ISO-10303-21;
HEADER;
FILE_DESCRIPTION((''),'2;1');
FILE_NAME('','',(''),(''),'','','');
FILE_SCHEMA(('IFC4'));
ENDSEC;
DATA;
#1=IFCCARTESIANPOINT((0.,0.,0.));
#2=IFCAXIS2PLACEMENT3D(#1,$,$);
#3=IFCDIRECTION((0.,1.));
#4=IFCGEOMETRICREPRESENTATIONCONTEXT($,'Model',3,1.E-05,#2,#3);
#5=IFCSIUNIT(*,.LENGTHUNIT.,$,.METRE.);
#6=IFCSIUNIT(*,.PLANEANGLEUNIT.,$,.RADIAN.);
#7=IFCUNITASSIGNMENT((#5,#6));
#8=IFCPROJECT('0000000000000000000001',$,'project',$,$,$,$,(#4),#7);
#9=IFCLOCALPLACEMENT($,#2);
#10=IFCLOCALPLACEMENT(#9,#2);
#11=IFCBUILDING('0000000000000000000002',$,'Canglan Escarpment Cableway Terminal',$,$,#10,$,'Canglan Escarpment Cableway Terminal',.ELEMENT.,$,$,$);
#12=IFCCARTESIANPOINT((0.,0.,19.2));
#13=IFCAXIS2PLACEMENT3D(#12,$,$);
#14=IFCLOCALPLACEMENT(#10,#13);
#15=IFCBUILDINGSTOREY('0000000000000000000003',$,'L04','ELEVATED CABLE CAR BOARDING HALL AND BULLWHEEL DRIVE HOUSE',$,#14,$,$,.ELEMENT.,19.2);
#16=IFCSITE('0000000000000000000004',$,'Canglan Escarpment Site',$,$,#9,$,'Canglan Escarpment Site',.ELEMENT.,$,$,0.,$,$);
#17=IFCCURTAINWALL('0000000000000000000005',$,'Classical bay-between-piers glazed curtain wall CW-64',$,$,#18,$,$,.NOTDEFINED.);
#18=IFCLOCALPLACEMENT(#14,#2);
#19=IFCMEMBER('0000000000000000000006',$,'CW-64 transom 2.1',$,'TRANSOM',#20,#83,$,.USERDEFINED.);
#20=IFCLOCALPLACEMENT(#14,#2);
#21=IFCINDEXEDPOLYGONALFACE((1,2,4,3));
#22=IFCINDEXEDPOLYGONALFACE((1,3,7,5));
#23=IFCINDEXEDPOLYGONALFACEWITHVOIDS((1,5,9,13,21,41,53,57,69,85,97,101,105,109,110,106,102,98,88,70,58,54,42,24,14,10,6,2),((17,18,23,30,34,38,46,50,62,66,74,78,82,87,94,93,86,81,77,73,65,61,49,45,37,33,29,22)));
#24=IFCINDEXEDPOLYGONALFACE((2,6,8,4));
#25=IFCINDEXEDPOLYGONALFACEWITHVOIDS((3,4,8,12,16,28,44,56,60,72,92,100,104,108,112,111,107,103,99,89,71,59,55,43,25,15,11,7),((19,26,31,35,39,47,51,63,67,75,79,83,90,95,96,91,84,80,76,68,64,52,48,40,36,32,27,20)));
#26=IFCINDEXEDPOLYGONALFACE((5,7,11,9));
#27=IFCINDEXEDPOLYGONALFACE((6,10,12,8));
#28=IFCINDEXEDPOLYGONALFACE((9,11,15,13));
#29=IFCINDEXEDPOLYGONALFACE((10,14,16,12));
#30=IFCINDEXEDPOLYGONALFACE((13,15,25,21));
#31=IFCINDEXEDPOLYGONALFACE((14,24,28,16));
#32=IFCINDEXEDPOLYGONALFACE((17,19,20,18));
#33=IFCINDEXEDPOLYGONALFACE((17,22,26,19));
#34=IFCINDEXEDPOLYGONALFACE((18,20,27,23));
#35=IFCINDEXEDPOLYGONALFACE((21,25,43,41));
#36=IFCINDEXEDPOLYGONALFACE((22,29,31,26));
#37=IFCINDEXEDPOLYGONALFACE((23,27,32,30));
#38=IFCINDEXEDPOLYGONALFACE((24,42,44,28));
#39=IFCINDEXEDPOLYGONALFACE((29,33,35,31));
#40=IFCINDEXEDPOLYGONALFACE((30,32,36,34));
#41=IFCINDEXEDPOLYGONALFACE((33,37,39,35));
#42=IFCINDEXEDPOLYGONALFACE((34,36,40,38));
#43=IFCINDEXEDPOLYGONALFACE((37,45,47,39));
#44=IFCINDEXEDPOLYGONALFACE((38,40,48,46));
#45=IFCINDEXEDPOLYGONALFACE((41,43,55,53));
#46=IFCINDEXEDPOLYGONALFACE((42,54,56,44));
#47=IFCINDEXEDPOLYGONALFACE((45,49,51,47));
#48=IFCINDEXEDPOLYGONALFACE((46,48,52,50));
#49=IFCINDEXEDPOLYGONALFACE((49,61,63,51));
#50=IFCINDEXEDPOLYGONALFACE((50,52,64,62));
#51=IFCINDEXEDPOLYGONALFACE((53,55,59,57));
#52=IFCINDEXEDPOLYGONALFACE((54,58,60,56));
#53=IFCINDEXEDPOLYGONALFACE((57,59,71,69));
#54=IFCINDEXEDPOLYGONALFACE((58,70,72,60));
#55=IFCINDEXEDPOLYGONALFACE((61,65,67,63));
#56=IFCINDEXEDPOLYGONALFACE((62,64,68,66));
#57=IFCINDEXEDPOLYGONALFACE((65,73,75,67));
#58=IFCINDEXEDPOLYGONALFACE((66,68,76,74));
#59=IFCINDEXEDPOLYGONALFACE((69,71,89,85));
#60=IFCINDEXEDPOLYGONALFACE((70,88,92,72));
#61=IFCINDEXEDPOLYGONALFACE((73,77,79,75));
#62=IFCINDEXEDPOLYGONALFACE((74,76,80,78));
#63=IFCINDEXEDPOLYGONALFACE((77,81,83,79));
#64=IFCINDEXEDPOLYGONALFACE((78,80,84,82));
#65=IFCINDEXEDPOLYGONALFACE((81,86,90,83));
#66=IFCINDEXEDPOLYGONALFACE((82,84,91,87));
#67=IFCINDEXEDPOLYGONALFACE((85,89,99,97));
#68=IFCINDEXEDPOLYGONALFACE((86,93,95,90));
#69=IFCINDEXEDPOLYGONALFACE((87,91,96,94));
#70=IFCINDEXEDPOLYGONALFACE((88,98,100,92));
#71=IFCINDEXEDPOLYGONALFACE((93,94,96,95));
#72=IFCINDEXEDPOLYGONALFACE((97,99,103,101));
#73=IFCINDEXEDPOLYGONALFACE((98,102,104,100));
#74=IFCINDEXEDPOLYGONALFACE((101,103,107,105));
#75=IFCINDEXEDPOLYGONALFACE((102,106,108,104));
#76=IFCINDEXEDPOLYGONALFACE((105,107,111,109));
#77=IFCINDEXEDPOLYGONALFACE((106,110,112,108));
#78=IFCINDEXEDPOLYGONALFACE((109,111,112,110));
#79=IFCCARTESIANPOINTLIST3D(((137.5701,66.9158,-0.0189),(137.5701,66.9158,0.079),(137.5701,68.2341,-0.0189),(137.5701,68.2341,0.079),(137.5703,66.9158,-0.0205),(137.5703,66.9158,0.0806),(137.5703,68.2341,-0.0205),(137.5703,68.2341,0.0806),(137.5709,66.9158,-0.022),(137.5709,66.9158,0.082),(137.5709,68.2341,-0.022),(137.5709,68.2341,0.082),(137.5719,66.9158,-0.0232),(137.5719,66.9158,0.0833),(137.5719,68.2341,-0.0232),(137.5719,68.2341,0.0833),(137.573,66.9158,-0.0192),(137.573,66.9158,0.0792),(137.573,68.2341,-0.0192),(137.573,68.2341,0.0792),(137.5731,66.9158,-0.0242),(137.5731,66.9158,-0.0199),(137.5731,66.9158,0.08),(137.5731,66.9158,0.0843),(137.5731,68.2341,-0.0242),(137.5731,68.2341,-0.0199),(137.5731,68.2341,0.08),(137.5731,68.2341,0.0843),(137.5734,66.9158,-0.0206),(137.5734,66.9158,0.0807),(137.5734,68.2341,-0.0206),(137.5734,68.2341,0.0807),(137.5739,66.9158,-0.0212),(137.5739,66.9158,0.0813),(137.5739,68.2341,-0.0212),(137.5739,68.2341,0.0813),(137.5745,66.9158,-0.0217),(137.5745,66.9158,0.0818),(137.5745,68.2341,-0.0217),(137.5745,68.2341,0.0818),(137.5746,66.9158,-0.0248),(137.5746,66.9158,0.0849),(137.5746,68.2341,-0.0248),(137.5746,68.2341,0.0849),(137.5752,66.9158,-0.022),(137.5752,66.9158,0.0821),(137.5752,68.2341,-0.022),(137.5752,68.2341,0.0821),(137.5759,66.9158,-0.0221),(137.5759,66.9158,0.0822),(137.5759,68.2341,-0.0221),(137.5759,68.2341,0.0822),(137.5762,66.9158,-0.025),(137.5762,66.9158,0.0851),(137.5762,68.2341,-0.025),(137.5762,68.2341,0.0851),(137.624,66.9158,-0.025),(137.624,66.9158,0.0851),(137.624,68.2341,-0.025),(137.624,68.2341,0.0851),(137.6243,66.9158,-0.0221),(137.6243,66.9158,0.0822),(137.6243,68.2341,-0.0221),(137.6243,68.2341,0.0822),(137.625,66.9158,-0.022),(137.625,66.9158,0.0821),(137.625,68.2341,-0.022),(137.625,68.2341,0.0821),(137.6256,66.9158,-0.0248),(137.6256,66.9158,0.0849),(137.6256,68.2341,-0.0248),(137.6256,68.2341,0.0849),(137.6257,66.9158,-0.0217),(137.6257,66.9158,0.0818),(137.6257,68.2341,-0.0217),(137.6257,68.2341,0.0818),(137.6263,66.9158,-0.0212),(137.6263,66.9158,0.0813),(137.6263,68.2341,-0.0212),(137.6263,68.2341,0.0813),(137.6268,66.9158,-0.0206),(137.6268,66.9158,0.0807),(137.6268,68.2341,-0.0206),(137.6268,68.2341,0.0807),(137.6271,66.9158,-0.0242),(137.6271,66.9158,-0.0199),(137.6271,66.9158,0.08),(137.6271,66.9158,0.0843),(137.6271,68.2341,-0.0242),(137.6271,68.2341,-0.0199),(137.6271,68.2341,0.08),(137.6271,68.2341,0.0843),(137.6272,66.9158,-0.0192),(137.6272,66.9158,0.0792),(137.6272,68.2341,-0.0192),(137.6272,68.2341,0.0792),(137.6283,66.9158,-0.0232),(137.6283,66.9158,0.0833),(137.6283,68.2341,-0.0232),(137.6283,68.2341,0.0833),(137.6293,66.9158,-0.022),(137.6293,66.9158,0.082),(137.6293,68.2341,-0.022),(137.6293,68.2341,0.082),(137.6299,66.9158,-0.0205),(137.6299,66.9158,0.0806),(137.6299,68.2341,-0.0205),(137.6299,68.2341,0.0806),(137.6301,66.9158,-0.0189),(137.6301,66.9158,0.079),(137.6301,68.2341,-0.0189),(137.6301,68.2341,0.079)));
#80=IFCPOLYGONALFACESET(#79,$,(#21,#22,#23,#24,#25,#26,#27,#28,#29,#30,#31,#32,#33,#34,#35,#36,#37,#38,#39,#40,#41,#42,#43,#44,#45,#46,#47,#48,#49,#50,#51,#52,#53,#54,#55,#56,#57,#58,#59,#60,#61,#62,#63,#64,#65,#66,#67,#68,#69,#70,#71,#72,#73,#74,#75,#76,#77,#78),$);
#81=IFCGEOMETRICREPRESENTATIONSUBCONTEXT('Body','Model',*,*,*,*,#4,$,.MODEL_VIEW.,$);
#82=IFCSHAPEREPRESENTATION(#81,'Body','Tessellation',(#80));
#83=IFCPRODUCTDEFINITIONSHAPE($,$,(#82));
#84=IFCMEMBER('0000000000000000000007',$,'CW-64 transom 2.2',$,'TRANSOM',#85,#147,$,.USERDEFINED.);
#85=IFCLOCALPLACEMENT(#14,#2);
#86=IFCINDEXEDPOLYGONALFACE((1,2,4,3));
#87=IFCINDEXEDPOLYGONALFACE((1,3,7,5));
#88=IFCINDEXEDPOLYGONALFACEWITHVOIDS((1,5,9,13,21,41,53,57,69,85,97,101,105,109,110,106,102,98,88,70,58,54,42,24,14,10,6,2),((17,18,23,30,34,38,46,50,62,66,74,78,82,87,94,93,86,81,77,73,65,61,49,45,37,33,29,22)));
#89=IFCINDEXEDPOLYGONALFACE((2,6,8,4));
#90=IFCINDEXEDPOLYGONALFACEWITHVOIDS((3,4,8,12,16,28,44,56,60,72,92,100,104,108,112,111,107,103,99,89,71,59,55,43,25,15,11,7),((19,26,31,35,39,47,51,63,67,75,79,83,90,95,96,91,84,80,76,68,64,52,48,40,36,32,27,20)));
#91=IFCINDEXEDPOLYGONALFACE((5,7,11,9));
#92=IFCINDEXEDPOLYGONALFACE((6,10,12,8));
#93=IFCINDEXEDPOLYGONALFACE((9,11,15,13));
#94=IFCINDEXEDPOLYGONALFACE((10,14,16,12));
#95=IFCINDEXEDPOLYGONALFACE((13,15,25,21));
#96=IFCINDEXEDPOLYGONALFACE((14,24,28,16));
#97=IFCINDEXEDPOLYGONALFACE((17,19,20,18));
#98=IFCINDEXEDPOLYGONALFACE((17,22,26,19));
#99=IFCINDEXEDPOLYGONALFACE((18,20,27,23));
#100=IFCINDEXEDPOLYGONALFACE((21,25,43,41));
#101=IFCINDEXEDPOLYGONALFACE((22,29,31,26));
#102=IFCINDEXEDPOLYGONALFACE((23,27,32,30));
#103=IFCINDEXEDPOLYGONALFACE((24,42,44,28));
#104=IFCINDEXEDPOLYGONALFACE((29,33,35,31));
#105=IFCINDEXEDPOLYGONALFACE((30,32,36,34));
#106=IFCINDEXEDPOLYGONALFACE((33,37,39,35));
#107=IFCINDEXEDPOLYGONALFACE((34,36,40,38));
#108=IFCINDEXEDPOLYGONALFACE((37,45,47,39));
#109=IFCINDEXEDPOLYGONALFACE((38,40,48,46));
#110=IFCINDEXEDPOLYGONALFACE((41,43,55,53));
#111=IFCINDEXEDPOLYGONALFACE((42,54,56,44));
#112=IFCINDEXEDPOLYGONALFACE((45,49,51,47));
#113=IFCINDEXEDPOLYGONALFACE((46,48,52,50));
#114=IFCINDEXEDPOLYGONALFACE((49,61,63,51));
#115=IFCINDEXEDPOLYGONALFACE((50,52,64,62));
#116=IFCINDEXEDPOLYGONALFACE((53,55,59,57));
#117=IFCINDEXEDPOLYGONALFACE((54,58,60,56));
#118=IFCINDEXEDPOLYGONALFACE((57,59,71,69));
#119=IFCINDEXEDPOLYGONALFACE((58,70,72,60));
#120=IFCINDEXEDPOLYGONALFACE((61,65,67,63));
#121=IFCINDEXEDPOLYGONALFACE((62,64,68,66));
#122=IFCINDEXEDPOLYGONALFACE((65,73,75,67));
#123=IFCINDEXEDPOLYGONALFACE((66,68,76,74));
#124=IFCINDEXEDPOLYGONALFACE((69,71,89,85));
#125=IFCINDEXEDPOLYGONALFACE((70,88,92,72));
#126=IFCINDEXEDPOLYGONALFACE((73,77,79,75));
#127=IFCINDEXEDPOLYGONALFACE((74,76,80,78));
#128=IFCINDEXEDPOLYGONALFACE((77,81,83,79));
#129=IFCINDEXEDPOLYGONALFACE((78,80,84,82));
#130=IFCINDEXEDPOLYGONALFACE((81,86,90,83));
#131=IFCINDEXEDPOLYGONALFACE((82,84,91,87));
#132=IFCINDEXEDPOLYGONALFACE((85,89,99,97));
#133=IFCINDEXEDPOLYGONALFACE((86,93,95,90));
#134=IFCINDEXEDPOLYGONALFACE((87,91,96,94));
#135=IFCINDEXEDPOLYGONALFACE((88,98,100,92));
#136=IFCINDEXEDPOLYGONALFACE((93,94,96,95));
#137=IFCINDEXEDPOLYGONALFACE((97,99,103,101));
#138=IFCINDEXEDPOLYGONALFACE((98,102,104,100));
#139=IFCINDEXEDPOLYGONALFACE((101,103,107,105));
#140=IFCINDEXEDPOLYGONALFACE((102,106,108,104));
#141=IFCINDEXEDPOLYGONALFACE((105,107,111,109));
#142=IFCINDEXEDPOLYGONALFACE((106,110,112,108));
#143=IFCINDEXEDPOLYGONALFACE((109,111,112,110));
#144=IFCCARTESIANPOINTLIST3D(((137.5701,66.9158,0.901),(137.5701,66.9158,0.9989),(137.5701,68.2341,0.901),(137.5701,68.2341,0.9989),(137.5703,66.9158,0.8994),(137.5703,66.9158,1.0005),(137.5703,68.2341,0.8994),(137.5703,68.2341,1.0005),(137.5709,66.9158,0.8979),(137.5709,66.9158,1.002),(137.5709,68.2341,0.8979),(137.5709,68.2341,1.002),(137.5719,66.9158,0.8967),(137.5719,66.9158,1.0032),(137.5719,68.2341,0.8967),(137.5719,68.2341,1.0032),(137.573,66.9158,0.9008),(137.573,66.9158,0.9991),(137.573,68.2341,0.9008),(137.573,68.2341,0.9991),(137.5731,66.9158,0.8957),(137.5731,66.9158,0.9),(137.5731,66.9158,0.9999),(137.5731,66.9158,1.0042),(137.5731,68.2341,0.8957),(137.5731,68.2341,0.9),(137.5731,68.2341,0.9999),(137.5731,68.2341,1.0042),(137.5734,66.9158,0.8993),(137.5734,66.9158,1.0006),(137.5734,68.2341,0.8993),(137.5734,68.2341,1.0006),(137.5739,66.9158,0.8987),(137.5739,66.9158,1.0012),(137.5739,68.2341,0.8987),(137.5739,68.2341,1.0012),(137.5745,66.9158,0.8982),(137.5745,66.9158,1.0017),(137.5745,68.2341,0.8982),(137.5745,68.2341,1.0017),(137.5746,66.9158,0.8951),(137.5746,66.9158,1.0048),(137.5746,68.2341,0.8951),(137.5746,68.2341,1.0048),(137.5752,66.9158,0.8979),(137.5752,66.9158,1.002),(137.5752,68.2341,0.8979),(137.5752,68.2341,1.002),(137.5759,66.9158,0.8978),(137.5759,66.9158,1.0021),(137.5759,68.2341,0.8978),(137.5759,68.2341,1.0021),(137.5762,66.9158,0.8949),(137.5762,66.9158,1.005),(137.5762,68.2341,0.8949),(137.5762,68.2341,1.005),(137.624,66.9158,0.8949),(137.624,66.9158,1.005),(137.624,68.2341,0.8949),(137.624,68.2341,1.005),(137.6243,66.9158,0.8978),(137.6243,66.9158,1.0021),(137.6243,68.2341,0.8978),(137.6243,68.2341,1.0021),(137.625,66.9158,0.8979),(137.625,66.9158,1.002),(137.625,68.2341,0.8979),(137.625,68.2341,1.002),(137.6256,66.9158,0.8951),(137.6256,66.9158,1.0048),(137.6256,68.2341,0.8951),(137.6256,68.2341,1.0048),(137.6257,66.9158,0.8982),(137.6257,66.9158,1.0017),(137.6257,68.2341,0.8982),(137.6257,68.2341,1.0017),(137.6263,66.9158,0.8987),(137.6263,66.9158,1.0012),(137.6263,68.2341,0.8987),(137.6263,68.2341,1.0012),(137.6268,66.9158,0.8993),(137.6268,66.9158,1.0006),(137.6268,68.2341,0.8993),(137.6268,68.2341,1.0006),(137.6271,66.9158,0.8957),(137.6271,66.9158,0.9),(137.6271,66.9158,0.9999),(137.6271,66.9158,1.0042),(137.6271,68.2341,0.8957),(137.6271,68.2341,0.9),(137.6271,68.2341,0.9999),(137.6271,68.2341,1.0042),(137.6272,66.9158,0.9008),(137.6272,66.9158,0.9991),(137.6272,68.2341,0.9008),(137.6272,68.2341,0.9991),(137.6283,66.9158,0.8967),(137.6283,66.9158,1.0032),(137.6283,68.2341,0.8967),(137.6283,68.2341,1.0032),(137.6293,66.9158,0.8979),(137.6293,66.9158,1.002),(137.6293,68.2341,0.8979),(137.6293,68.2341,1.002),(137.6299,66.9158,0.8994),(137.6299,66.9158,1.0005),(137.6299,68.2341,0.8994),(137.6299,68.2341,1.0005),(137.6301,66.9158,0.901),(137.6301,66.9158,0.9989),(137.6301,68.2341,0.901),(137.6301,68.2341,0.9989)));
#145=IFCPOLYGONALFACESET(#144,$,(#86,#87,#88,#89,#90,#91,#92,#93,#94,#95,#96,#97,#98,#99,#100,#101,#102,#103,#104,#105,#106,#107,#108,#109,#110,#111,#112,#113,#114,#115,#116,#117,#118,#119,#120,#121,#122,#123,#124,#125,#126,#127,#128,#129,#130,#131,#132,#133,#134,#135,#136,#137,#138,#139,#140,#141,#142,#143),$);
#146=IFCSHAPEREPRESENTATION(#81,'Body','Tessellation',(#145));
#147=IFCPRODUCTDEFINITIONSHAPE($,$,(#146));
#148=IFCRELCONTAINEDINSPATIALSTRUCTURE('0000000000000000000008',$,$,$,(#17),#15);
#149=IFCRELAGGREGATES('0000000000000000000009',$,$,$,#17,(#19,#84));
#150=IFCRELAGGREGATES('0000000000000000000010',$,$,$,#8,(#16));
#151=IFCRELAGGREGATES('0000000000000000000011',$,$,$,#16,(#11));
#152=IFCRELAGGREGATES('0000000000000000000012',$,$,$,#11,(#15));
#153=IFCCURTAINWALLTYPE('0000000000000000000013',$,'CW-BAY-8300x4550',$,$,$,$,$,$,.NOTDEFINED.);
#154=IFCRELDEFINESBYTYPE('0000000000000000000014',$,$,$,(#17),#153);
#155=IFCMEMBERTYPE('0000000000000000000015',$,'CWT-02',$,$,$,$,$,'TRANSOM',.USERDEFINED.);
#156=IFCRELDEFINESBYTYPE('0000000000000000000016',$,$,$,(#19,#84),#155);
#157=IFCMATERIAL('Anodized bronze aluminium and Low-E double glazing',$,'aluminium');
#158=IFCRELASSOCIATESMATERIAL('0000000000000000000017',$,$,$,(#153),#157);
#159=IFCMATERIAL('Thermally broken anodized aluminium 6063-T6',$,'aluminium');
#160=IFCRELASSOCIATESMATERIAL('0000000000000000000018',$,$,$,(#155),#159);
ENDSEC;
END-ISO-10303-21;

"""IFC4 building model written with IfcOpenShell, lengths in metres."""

from ifc_helpers import new_model, si_unit, direction, frame, origin, origin_2d, place, context, subcontext, project, spatial, hollow_rectangle, extrude, material, material_profile, profile_set, type_object, element, aggregate, save


model = new_model("IFC4")

# Units and contexts
model_context = context("Model", 3, precision=1e-05, world=origin(), true_north=direction((0.0, 1.0)))
body_context = subcontext(model_context, "Body", "Model", "MODEL_VIEW")
ifc_project = project(units=[si_unit("LENGTHUNIT", "METRE"), si_unit("PLANEANGLEUNIT", "RADIAN")], contexts=[model_context])

# Site, building, storey
site_placement = place(None, origin())
site = spatial("IfcSite", under=ifc_project, at=site_placement, Name="Canglan Escarpment Site", LongName="Canglan Escarpment Site", CompositionType="ELEMENT", RefElevation=0.0)
building_placement = place(site_placement, origin())
building = spatial("IfcBuilding", under=site, at=building_placement, Name="Canglan Escarpment Cableway Terminal", LongName="Canglan Escarpment Cableway Terminal", CompositionType="ELEMENT")
storey_placement = place(building_placement, frame((0.0, 0.0, 19.2)))
storey = spatial("IfcBuildingStorey", under=building, at=storey_placement, Name="L04", Description="ELEVATED CABLE CAR BOARDING HALL AND BULLWHEEL DRIVE HOUSE", CompositionType="ELEMENT", Elevation=19.2)

# Curtain wall
ifc_material_1 = material(Name="Anodized bronze aluminium and Low-E double glazing", Category="aluminium")
curtain_wall_type = type_object("IfcCurtainWallType", Name="CW-BAY-8300x4550", PredefinedType="NOTDEFINED", material=ifc_material_1)
curtain_wall_1_placement = place(storey_placement, origin())
curtain_wall_1 = element("IfcCurtainWall", 1, at=curtain_wall_1_placement, inside=storey, type_object=curtain_wall_type, Name="Classical bay-between-piers glazed curtain wall CW-64", PredefinedType="NOTDEFINED")
ifc_material_2 = material(Name="Thermally broken anodized aluminium 6063-T6", Category="aluminium")

# Members
ifc_material_profile_1 = material_profile(ifc_material_2, hollow_rectangle(XDim=0.0601, YDim=0.1101, WallThickness=0.0029, InnerFilletRadius=0.0029, OuterFilletRadius=0.0061, at=origin_2d()), Name="ALU-TRAN 60x110x3")
ifc_profile_set_1 = profile_set([ifc_material_profile_1], Name="Thermally broken anodized aluminium 6063-T6")
member_type_1 = type_object("IfcMemberType", Name="CWT-02", ElementType="TRANSOM", PredefinedType="USERDEFINED", material=ifc_profile_set_1)
member_1_placement = place(storey_placement, frame((137.6001, 68.2341, 0.03), z_axis=(0.0, -1.0, 0.0), x_axis=(1.0, 0.0, 0.0)))
member_1 = element("IfcMember", 2, at=member_1_placement, type_object=member_type_1, Name="CW-64 transom 2.1", ObjectType="TRANSOM", PredefinedType="USERDEFINED", context=body_context, shape_type="SweptSolid", body=[
    extrude(hollow_rectangle(XDim=0.0601, YDim=0.1101, WallThickness=0.0029, InnerFilletRadius=0.0029, OuterFilletRadius=0.0061, at=origin_2d()), origin(), (0.0, 0.0, 1.0), 1.3184),
])
member_2_placement = place(storey_placement, frame((137.6001, 68.2341, 0.95), z_axis=(0.0, -1.0, 0.0), x_axis=(1.0, 0.0, 0.0)))
member_2 = element("IfcMember", 3, at=member_2_placement, type_object=member_type_1, Name="CW-64 transom 2.2", ObjectType="TRANSOM", PredefinedType="USERDEFINED", context=body_context, shape_type="SweptSolid", body=[
    extrude(hollow_rectangle(XDim=0.0601, YDim=0.1101, WallThickness=0.0029, InnerFilletRadius=0.0029, OuterFilletRadius=0.0061, at=origin_2d()), origin(), (0.0, 0.0, 1.0), 1.3184),
])

aggregate(curtain_wall_1, [member_1, member_2])

save(model, "model.ifc")
